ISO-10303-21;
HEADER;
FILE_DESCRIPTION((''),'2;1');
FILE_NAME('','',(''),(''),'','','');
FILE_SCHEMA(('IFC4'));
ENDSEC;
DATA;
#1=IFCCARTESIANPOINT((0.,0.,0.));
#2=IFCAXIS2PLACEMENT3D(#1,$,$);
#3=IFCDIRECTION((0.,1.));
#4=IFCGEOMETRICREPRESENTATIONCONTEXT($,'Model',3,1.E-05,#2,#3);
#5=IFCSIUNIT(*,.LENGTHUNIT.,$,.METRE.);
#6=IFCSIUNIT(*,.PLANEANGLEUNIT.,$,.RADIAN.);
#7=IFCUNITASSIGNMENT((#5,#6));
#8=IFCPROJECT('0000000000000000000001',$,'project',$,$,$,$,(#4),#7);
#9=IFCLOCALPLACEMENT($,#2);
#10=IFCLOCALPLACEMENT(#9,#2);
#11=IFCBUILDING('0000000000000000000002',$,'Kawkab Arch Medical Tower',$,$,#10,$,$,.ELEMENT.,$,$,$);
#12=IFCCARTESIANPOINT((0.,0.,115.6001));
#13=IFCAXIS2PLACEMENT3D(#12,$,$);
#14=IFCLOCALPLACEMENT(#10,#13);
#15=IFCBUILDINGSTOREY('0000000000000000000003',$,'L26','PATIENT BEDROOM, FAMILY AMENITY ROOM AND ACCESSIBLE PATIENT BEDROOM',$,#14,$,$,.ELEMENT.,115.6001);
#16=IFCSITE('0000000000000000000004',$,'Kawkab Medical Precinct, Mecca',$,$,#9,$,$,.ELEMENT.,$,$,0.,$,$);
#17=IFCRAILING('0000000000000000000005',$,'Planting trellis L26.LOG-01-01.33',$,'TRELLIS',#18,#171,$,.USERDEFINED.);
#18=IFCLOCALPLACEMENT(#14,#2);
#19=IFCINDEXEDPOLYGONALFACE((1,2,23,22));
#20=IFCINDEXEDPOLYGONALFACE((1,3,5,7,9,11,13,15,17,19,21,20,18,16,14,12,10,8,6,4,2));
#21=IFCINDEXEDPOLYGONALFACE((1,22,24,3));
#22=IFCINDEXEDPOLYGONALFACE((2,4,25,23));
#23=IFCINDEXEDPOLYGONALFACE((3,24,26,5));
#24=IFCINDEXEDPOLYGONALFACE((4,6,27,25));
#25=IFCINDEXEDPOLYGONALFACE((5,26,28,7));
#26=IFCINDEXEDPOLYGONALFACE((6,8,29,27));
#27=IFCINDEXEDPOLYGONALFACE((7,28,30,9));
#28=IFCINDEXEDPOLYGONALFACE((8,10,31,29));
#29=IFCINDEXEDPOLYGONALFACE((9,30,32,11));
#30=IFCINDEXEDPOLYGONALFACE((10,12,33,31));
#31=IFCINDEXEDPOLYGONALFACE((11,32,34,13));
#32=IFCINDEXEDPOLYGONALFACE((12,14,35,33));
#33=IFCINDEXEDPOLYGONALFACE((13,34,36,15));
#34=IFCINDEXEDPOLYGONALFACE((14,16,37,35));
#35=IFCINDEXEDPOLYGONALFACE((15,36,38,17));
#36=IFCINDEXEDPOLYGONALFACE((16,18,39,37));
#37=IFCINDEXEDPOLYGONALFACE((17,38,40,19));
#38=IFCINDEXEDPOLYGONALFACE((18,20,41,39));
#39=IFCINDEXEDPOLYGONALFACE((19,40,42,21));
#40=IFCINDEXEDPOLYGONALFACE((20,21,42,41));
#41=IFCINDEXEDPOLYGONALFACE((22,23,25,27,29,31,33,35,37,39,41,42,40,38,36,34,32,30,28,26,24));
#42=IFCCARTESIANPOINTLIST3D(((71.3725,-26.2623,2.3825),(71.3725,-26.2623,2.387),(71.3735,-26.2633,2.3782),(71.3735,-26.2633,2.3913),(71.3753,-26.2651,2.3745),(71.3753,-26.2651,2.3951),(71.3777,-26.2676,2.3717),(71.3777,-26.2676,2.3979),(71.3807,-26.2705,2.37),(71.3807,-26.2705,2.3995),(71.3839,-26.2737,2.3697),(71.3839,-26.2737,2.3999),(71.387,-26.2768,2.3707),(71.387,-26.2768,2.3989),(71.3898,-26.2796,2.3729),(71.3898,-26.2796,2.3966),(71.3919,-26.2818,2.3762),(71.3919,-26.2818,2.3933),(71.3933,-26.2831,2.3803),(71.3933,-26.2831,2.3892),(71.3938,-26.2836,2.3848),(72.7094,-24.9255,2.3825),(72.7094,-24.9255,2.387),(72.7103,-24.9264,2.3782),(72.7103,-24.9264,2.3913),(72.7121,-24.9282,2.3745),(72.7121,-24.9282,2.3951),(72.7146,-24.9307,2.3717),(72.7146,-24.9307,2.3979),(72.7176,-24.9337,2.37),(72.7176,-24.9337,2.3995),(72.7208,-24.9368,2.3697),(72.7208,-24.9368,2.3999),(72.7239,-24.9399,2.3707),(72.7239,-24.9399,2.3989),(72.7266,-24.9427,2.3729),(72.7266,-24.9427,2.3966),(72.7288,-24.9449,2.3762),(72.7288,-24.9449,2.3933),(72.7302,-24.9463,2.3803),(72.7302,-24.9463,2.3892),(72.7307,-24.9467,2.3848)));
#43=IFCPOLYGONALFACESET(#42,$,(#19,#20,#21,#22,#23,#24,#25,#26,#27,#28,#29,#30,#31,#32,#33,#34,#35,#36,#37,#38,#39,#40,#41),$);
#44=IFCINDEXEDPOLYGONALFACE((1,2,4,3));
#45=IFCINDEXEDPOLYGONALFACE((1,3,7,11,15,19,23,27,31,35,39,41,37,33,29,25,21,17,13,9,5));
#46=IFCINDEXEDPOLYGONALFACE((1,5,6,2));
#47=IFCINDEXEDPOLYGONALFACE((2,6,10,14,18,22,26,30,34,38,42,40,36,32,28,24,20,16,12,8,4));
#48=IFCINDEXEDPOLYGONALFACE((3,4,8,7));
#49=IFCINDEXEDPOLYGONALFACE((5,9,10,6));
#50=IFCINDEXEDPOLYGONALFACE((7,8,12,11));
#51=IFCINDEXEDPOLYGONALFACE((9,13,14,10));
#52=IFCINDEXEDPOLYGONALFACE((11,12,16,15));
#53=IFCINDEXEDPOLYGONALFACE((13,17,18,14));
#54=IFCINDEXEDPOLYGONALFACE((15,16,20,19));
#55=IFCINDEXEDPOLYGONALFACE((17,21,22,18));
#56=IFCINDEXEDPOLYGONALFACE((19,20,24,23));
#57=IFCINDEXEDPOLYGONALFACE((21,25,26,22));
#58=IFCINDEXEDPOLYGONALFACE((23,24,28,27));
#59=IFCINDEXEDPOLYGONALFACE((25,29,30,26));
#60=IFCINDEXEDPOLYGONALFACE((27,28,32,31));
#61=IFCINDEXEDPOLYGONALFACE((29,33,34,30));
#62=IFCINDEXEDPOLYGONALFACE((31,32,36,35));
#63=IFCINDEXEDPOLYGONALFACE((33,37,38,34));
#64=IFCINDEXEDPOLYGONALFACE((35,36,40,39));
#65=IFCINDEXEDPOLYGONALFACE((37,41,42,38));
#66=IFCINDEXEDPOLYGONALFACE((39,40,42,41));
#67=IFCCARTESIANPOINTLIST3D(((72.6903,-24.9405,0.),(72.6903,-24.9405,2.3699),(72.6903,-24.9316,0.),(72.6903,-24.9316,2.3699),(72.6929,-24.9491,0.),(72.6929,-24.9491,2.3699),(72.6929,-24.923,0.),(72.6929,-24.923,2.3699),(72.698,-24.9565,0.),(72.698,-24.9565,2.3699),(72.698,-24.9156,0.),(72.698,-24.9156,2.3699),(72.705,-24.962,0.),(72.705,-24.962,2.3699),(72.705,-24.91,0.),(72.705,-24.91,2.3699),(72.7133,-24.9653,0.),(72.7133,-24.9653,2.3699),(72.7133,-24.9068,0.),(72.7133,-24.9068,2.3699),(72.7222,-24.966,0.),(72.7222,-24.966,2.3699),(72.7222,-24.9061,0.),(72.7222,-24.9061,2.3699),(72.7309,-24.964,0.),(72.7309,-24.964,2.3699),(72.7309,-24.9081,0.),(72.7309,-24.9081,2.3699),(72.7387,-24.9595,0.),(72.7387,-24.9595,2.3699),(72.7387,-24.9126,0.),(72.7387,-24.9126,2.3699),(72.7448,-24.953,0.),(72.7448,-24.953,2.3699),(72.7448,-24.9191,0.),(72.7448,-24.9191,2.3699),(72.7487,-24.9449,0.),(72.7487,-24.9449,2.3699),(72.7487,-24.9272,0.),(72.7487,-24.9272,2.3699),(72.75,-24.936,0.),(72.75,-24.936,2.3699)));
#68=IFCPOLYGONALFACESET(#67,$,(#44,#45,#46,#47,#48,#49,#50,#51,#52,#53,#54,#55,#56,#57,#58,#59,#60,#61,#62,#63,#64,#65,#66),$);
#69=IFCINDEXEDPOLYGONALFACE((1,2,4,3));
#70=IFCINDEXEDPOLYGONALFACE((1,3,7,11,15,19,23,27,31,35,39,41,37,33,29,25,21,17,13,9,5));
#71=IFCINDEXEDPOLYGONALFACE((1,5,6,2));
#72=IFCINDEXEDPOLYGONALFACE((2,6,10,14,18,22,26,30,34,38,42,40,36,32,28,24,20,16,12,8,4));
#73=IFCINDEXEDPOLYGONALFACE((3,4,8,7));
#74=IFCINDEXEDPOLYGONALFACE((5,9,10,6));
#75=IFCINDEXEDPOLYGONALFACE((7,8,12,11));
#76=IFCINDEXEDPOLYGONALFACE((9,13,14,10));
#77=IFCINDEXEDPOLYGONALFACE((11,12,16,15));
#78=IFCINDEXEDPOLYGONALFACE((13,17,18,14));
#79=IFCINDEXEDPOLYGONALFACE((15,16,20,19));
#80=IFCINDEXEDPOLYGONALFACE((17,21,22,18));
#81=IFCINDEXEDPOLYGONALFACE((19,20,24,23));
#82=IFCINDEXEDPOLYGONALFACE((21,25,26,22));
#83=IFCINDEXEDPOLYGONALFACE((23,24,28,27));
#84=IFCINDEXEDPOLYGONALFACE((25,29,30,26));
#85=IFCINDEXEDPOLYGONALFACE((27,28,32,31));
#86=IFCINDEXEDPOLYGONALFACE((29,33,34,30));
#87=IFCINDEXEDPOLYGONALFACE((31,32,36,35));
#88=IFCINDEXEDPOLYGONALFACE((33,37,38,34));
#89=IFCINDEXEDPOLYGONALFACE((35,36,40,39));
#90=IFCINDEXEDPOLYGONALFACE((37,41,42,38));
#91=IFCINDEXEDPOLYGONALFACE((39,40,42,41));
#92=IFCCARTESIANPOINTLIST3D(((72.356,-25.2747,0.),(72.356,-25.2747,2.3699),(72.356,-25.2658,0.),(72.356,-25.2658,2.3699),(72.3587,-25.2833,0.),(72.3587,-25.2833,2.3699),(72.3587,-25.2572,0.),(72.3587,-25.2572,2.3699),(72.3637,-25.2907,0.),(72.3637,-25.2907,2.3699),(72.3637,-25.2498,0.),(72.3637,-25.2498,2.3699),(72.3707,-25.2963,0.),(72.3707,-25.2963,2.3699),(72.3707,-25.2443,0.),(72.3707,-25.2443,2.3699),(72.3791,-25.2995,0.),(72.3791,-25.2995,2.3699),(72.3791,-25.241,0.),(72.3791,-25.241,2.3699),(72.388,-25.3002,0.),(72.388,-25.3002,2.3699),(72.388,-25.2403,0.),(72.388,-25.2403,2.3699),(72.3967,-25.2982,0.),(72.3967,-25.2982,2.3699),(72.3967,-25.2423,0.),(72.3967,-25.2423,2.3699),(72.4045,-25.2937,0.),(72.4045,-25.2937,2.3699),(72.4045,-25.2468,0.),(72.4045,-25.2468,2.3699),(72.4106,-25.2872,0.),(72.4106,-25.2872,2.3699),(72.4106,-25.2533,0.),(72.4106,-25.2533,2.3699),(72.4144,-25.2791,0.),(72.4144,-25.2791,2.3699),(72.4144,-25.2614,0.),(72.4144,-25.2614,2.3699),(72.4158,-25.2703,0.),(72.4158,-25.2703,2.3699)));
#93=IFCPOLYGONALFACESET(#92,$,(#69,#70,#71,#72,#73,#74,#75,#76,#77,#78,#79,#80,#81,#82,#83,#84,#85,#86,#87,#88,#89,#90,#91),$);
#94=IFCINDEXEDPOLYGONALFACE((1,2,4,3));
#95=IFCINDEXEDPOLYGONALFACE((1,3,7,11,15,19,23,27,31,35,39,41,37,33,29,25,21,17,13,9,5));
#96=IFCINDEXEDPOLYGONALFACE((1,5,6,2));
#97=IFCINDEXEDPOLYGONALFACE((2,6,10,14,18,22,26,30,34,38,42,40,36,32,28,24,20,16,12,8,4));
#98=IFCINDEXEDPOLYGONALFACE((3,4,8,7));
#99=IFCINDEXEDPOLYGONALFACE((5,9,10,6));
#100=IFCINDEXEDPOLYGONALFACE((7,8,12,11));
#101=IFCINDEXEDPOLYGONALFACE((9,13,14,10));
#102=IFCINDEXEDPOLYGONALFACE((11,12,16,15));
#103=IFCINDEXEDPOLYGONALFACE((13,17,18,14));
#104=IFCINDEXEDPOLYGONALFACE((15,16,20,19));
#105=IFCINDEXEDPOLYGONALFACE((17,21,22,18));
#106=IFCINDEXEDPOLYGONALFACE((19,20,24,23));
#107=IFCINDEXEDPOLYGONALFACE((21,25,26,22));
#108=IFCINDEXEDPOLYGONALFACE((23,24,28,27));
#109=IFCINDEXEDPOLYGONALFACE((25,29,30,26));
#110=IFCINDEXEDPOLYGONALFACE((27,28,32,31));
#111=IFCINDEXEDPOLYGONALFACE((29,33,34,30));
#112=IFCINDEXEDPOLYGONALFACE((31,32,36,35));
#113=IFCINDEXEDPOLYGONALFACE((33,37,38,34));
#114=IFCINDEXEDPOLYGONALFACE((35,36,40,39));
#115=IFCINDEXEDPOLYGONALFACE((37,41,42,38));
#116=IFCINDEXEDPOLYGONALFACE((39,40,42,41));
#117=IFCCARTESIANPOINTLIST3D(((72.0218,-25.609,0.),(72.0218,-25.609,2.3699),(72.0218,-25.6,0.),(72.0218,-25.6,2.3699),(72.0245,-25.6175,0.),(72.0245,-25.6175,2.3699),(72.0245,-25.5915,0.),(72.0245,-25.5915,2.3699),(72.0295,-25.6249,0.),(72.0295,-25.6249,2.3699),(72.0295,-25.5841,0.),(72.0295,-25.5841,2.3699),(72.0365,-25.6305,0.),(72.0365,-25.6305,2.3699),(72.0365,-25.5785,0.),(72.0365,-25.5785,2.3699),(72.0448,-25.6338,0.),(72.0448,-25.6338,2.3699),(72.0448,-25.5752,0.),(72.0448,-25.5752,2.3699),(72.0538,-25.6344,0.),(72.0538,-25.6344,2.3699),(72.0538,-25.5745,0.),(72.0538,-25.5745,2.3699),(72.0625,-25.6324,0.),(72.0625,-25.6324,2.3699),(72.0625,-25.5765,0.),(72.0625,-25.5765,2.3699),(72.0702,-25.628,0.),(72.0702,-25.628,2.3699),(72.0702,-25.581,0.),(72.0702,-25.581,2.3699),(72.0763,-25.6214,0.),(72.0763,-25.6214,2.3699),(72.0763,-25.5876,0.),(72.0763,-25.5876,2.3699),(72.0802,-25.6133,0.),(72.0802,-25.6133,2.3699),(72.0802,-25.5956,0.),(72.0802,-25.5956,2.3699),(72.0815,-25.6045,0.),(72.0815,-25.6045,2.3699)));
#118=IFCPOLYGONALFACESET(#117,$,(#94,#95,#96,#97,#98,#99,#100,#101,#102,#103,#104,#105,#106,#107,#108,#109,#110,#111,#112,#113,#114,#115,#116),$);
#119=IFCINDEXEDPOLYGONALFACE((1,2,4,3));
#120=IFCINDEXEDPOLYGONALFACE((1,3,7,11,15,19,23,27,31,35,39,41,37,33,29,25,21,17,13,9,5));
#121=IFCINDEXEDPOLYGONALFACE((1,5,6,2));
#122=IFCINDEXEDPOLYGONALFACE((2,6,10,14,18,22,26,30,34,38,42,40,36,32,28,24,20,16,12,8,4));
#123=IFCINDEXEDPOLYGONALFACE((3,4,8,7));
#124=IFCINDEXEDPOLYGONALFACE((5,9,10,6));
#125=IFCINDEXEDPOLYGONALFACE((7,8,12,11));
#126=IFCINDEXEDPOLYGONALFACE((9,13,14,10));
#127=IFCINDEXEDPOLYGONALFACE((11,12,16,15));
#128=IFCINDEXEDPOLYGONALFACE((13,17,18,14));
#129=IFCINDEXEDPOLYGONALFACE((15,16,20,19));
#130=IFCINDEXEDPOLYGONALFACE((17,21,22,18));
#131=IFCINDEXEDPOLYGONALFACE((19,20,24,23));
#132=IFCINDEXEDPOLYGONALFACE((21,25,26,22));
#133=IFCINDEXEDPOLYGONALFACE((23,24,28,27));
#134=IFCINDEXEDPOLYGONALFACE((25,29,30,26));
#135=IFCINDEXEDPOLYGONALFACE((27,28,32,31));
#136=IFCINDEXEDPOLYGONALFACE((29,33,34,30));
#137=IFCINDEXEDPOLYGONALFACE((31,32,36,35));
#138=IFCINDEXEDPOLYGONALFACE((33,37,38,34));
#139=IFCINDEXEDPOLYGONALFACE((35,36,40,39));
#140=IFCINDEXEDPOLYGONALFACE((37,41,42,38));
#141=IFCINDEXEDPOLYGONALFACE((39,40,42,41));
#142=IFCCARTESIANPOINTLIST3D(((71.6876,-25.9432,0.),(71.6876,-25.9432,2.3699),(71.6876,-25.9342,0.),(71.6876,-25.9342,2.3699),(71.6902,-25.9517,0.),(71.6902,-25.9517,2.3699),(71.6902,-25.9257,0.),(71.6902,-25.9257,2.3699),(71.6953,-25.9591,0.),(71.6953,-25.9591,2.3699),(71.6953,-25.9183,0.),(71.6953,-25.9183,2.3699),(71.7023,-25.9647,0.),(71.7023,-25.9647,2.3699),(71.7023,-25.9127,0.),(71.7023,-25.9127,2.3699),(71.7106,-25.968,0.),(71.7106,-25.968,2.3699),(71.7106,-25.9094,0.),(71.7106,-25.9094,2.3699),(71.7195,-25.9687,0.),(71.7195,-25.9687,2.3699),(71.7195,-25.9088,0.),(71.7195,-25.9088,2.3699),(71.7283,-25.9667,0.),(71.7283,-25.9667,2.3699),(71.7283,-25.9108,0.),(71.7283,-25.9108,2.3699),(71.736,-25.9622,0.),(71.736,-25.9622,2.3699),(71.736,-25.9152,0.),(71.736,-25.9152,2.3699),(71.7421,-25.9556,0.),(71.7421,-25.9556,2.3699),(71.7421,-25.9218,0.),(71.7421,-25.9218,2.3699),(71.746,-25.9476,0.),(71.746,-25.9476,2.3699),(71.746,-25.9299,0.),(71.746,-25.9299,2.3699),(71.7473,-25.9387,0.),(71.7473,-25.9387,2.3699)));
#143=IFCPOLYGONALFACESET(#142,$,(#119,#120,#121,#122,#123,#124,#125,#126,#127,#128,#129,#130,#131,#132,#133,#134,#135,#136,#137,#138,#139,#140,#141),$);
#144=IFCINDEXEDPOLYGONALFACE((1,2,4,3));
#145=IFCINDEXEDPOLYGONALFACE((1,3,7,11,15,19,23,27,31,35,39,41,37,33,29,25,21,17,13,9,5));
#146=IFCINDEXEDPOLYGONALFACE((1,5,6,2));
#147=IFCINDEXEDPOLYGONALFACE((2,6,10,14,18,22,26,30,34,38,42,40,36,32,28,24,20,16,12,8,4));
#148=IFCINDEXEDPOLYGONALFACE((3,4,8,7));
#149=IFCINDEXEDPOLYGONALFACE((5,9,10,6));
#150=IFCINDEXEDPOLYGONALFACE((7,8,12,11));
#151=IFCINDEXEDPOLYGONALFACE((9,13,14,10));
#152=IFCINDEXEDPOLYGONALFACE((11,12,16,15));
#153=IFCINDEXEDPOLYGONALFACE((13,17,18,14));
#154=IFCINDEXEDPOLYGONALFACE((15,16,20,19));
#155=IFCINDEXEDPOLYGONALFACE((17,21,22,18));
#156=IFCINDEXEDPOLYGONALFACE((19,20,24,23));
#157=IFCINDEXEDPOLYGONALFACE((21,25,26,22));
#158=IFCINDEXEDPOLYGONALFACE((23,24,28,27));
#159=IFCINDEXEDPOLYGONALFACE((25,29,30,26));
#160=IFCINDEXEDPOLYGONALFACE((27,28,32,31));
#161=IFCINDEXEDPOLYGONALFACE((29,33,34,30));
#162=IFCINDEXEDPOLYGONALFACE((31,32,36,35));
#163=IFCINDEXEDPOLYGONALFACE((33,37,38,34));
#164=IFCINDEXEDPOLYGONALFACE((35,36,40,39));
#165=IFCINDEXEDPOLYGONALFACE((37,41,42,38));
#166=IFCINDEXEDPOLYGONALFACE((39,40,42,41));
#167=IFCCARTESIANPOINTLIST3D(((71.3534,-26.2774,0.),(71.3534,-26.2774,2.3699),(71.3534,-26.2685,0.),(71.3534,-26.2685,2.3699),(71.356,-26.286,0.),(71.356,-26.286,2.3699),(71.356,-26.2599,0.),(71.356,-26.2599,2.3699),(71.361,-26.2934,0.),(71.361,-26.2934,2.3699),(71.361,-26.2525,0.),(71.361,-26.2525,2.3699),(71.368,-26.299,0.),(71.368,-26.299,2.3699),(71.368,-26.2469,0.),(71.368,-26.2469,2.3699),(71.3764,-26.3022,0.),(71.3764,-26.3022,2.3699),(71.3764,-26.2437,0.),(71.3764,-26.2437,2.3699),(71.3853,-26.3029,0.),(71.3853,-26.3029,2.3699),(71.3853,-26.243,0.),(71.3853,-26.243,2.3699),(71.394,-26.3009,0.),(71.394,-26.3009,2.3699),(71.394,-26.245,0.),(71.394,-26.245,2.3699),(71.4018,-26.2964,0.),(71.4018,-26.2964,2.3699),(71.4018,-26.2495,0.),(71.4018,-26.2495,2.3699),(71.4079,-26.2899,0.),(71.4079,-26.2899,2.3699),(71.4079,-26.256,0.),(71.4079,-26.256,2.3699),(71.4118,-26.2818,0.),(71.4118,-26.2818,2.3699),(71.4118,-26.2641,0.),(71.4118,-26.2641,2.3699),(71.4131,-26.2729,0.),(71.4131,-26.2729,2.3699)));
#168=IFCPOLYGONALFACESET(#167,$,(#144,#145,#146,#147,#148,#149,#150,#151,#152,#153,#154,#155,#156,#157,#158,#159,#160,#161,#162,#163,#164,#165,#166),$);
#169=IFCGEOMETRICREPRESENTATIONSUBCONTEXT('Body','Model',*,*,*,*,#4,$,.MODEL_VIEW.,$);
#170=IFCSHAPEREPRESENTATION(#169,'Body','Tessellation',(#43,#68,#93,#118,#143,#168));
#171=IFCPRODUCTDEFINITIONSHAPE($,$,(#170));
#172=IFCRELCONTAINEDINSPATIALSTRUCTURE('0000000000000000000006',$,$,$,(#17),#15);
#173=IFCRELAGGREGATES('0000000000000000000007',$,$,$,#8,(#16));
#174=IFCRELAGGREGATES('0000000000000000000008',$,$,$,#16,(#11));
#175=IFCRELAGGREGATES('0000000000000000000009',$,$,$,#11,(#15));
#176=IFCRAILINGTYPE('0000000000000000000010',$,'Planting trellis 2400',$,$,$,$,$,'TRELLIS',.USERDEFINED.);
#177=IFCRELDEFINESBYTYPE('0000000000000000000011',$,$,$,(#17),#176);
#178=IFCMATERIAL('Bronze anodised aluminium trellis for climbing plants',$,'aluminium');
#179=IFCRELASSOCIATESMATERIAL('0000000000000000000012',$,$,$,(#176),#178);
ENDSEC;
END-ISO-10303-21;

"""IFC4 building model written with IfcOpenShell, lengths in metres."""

from ifc_helpers import new_model, si_unit, direction, frame, origin, origin_2d, place, context, subcontext, project, spatial, circle, extrude, material, type_object, element, save


model = new_model("IFC4")

# Units and contexts
model_context = context("Model", 3, precision=1e-05, world=origin(), true_north=direction((0.0, 1.0)))
body_context = subcontext(model_context, "Body", "Model", "MODEL_VIEW")
ifc_project = project(units=[si_unit("LENGTHUNIT", "METRE"), si_unit("PLANEANGLEUNIT", "RADIAN")], contexts=[model_context])

# Site, building, storey
site_placement = place(None, origin())
site = spatial("IfcSite", under=ifc_project, at=site_placement, Name="Kawkab Medical Precinct, Mecca", CompositionType="ELEMENT", RefElevation=0.0)
building_placement = place(site_placement, origin())
building = spatial("IfcBuilding", under=site, at=building_placement, Name="Kawkab Arch Medical Tower", CompositionType="ELEMENT")
storey_placement = place(building_placement, frame((0.0, 0.0, 115.6001)))
storey = spatial("IfcBuildingStorey", under=building, at=storey_placement, Name="L26", Description="PATIENT BEDROOM, FAMILY AMENITY ROOM AND ACCESSIBLE PATIENT BEDROOM", CompositionType="ELEMENT", Elevation=115.6001)

# Railing
ifc_material_1 = material(Name="Bronze anodised aluminium trellis for climbing plants", Category="aluminium")
railing_type_1 = type_object("IfcRailingType", Name="Planting trellis 2400", ElementType="TRELLIS", PredefinedType="USERDEFINED", material=ifc_material_1)
railing_1_placement = place(storey_placement, frame((72.72, -24.936, 0.0)))
element("IfcRailing", 1, at=railing_1_placement, inside=storey, type_object=railing_type_1, Name="Planting trellis L26.LOG-01-01.33", ObjectType="TRELLIS", PredefinedType="USERDEFINED", context=body_context, shape_type="SweptSolid", body=[
    extrude(circle(Radius=0.0151, at=origin_2d()), frame((0.0, 0.0, 2.3848), z_axis=(-0.707107, -0.707107, 0.0), x_axis=(0.707107, -0.707107, 0.0)), (0.0, 0.0, 1.0), 1.8906),
    extrude(circle(Radius=0.03, at=origin_2d()), origin(), (0.0, 0.0, 1.0), 2.3699),
    extrude(circle(Radius=0.03, at=origin_2d()), frame((-0.3342, -0.3342, 0.0)), (0.0, 0.0, 1.0), 2.3699),
    extrude(circle(Radius=0.03, at=origin_2d()), frame((-0.6685, -0.6685, 0.0)), (0.0, 0.0, 1.0), 2.3699),
    extrude(circle(Radius=0.03, at=origin_2d()), frame((-1.0027, -1.0027, 0.0)), (0.0, 0.0, 1.0), 2.3699),
    extrude(circle(Radius=0.03, at=origin_2d()), frame((-1.3369, -1.3369, 0.0)), (0.0, 0.0, 1.0), 2.3699),
])

save(model, "model.ifc")
